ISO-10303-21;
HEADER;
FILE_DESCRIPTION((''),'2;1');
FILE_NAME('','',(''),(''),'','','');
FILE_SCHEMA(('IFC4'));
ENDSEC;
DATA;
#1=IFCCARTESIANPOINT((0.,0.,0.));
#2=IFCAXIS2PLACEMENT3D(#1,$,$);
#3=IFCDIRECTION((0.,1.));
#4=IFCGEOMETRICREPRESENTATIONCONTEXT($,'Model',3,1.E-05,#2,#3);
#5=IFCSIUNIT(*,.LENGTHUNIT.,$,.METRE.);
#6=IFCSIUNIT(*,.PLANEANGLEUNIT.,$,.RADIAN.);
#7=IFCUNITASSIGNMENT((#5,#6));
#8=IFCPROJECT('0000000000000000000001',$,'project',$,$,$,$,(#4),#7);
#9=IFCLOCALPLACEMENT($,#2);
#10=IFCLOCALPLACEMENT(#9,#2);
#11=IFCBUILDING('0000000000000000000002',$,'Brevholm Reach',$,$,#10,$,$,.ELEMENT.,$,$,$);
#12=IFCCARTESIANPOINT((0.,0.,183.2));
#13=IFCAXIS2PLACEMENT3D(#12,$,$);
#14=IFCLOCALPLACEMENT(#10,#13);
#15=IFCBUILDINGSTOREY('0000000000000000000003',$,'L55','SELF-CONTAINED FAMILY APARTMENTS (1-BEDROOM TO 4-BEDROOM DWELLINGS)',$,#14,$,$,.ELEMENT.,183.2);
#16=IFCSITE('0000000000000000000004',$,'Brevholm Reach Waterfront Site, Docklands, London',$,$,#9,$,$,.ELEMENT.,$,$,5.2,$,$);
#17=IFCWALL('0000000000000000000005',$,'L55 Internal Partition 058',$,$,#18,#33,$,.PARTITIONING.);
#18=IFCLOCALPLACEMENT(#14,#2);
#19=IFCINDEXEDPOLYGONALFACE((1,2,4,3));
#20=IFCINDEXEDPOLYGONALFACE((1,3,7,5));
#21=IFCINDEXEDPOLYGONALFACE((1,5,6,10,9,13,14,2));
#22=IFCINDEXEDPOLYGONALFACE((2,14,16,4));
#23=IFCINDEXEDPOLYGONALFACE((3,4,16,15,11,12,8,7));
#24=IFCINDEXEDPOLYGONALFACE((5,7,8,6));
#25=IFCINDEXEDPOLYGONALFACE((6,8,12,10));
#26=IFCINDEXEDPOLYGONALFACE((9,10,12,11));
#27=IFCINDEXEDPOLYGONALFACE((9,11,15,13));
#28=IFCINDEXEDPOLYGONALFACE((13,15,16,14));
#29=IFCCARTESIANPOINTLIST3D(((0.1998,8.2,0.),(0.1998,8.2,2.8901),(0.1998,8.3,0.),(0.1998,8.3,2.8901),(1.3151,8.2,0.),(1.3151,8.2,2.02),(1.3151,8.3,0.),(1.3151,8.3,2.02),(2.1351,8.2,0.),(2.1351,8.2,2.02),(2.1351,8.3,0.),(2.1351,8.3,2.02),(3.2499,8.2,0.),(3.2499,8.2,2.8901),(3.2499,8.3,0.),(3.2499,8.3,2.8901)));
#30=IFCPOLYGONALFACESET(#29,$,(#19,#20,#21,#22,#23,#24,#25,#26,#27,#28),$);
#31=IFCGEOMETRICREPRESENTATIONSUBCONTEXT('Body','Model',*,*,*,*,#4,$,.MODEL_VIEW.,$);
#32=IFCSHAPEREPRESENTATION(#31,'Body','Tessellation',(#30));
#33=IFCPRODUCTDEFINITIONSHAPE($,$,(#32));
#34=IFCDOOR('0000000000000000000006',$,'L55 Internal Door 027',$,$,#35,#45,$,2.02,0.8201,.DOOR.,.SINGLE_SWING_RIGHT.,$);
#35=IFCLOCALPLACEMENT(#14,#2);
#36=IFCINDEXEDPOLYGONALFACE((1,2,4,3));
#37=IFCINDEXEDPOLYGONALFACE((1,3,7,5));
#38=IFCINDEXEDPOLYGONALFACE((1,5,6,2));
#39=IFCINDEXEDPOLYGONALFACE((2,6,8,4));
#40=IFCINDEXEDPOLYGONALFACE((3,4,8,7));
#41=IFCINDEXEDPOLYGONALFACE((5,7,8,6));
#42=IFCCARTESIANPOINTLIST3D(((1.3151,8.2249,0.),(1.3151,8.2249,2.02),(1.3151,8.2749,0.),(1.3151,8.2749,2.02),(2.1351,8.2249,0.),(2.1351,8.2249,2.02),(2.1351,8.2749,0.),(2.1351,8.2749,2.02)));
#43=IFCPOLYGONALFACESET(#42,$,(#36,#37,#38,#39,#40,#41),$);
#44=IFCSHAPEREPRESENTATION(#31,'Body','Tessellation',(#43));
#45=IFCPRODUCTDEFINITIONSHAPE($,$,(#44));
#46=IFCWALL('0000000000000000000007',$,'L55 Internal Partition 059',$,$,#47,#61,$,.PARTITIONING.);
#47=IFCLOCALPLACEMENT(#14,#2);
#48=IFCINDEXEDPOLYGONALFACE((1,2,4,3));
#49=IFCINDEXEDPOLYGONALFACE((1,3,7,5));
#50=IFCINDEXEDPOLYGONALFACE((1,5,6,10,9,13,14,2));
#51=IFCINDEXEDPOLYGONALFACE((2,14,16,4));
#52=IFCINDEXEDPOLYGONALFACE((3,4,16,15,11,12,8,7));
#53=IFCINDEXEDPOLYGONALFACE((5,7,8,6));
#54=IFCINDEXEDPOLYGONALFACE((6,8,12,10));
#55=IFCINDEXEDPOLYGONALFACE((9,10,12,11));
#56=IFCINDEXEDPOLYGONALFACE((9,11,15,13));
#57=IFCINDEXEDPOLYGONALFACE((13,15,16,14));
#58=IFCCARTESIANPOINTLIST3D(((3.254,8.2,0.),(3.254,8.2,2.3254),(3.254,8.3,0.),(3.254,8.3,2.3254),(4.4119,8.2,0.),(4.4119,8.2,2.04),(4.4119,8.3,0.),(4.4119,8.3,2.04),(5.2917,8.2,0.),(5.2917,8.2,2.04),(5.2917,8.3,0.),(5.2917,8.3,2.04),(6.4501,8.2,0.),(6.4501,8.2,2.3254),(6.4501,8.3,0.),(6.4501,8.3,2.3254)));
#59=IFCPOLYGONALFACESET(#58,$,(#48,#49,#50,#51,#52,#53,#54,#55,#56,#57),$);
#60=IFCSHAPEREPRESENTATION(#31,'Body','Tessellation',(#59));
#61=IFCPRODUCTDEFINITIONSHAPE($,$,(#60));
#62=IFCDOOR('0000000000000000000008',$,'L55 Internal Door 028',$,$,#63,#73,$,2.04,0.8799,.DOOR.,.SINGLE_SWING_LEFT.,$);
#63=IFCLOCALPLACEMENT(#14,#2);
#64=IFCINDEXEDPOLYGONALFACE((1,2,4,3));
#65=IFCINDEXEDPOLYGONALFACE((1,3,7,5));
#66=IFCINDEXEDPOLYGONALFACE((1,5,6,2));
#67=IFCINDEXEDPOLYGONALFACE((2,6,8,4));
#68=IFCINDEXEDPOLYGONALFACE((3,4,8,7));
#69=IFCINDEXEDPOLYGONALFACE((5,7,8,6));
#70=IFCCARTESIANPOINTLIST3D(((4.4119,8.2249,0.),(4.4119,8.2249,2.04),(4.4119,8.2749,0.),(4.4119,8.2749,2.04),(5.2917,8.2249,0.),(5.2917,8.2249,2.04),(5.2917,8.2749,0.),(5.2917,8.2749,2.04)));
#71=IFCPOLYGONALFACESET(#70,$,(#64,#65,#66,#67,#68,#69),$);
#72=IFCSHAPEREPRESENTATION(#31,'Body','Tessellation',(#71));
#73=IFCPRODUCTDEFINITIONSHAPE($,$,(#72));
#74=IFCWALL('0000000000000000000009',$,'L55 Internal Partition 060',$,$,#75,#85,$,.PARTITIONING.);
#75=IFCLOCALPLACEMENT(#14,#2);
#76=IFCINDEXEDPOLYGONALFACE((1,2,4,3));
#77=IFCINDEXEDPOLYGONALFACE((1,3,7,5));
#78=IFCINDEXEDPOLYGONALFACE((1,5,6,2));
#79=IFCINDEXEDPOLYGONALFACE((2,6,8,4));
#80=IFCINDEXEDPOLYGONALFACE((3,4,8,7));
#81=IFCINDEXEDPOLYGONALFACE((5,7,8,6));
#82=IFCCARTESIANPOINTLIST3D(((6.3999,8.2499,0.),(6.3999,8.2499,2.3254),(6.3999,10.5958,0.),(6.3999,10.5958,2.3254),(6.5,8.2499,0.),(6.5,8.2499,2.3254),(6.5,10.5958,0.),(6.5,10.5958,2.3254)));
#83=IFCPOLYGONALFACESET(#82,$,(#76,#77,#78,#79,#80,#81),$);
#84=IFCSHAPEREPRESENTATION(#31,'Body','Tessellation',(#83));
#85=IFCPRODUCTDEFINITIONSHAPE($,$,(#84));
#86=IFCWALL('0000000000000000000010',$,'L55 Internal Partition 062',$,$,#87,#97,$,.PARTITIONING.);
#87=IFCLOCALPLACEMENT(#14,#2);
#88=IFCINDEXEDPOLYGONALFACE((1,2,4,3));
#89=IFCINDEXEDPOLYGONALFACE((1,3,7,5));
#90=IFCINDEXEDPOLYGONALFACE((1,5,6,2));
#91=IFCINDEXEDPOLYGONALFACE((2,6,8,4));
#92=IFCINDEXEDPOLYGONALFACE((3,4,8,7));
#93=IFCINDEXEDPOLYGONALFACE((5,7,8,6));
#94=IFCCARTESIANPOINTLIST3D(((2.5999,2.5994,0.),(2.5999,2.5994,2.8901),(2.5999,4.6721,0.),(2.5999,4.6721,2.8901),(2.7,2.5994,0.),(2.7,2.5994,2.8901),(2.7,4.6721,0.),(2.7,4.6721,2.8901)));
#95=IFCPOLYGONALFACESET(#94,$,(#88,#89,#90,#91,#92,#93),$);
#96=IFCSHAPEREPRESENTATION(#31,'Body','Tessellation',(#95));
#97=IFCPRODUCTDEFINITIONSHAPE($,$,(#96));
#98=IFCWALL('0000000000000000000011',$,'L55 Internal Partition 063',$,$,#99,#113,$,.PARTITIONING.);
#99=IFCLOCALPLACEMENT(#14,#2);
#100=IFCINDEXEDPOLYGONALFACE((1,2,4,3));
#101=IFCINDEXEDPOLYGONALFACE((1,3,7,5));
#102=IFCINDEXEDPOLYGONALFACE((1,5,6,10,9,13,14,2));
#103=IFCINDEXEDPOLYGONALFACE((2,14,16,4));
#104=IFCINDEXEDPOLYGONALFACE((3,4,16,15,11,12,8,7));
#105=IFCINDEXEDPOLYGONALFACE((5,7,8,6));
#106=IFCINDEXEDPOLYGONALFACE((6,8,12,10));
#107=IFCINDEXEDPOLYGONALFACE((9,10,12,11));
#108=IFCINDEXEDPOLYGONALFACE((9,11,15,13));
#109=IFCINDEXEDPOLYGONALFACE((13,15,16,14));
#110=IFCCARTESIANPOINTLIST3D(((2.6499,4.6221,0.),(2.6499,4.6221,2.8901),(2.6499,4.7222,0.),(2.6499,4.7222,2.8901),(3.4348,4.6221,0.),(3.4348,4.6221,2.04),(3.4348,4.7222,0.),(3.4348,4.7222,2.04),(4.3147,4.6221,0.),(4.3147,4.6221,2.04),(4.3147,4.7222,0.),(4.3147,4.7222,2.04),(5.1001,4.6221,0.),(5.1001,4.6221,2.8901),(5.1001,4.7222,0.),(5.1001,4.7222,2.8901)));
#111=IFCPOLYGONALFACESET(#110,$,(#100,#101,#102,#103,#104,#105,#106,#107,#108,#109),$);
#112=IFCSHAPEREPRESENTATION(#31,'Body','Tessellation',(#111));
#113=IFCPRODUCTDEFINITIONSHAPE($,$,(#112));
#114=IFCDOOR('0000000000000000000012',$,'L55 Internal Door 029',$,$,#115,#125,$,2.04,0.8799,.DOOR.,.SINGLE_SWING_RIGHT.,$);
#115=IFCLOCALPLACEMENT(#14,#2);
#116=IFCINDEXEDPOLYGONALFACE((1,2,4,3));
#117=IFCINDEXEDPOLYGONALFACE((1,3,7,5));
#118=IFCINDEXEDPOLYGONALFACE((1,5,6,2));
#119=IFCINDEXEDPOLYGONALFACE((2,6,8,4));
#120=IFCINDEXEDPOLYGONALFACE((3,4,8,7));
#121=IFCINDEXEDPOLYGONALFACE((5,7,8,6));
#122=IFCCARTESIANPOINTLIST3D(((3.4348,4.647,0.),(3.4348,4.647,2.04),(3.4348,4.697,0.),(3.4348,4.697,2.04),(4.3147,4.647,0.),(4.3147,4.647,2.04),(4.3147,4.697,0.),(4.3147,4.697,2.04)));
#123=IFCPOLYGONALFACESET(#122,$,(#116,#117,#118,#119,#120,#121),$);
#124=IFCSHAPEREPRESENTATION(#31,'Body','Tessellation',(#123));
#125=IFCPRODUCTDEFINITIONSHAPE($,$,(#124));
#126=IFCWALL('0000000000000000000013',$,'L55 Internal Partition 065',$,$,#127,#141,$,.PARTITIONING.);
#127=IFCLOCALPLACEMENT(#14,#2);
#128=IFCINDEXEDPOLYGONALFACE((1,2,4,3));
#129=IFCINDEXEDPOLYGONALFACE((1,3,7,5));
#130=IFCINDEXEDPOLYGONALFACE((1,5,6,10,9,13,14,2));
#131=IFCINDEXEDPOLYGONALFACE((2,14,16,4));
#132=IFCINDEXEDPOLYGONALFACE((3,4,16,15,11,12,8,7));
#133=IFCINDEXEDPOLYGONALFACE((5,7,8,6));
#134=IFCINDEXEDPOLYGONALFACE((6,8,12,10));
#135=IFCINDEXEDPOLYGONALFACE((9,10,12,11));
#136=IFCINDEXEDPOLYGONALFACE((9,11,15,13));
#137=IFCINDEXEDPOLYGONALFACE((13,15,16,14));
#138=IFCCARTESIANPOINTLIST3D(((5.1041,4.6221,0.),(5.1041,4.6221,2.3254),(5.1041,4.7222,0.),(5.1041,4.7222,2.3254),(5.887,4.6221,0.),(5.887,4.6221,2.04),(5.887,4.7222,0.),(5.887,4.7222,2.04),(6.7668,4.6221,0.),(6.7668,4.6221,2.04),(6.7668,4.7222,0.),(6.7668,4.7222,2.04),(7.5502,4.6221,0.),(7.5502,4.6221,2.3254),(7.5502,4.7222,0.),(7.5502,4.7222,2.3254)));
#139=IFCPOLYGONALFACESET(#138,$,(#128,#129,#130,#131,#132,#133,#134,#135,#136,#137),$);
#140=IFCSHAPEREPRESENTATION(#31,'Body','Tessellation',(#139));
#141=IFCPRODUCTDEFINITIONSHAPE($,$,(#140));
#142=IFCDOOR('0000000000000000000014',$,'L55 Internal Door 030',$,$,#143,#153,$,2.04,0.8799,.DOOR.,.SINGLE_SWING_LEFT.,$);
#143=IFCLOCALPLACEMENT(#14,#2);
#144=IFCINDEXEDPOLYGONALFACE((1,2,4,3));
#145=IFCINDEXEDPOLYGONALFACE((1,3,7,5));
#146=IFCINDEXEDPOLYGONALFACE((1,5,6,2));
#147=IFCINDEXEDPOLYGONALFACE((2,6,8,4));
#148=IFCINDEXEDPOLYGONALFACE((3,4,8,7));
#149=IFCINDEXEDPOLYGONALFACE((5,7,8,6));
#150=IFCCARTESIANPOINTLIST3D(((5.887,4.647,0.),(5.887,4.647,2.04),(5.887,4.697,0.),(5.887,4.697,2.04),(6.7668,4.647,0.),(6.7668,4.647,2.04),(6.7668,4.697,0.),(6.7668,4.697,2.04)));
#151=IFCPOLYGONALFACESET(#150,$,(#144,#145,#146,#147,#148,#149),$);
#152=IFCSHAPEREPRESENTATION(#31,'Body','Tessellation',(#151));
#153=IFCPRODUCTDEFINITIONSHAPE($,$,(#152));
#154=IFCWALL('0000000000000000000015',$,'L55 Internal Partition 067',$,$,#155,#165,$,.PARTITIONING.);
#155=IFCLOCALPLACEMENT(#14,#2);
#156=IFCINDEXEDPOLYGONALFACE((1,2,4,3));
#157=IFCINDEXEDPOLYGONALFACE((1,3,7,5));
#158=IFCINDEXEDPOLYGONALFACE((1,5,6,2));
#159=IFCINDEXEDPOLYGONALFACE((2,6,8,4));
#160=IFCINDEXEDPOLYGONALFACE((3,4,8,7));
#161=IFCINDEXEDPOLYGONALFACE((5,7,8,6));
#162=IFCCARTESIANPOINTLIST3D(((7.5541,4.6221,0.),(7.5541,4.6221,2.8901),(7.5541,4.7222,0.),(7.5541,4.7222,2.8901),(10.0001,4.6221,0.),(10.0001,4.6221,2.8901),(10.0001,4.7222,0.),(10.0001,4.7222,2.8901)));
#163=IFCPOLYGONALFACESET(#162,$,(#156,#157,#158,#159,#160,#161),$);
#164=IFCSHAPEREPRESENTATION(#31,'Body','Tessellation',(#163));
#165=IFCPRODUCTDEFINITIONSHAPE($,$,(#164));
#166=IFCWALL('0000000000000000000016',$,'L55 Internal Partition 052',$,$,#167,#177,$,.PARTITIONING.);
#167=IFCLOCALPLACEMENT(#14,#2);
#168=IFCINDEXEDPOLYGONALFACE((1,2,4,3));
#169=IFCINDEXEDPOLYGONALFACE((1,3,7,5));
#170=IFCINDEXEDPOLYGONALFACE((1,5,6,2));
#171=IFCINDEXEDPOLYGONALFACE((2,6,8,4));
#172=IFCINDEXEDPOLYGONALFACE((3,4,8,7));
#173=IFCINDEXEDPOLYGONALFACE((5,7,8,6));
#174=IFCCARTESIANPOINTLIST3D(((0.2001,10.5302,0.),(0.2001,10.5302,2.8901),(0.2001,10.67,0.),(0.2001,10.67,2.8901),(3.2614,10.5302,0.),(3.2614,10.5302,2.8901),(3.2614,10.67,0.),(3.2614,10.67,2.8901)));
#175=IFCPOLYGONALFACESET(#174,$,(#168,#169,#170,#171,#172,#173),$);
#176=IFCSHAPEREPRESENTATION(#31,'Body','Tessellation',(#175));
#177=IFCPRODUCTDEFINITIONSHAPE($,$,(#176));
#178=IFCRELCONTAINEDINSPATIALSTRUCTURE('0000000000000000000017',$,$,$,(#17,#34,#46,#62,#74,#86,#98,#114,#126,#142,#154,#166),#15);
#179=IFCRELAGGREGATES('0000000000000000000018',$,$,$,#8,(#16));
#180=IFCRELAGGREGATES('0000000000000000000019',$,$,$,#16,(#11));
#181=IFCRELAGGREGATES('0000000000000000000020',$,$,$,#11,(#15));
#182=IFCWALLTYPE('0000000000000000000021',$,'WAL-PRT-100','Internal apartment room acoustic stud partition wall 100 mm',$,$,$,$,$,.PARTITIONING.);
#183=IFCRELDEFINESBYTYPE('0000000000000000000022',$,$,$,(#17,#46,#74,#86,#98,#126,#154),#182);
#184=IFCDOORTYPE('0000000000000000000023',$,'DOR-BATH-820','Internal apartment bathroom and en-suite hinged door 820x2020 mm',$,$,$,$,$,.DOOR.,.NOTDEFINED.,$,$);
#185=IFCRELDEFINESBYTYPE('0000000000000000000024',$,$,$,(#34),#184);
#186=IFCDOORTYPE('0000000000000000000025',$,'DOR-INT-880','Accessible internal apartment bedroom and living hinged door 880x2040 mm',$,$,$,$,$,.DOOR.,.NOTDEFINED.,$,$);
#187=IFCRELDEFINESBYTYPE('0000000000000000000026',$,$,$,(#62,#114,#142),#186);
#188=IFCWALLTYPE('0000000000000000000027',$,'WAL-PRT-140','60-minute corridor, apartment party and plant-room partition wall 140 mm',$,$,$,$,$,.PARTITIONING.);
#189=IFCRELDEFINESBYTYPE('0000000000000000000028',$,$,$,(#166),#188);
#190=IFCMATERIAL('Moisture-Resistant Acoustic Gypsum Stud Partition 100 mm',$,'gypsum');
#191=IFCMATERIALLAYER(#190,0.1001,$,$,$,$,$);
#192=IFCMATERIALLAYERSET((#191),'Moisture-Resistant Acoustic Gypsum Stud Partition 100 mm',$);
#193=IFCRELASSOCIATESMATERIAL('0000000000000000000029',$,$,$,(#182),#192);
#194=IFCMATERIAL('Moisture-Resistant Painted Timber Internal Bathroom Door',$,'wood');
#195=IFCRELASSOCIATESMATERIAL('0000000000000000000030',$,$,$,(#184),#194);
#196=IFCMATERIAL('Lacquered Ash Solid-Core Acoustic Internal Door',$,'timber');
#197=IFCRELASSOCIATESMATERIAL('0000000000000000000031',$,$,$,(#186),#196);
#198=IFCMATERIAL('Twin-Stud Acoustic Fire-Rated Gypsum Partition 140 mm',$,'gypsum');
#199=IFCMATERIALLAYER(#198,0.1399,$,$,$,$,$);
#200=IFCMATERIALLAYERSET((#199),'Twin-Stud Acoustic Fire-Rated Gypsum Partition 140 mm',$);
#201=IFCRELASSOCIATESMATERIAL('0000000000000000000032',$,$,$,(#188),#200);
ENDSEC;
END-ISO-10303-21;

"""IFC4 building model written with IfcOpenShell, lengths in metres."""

from ifc_helpers import new_model, si_unit, direction, frame, frame_2d, origin, place, context, subcontext, project, spatial, rectangle, extrude, material, layer, layer_set, type_object, element, fill, save


model = new_model("IFC4")

# Units and contexts
model_context = context("Model", 3, precision=1e-05, world=origin(), true_north=direction((0.0, 1.0)))
body_context = subcontext(model_context, "Body", "Model", "MODEL_VIEW")
ifc_project = project(units=[si_unit("LENGTHUNIT", "METRE"), si_unit("PLANEANGLEUNIT", "RADIAN")], contexts=[model_context])

# Site, building, storey
site_placement = place(None, origin())
site = spatial("IfcSite", under=ifc_project, at=site_placement, Name="Brevholm Reach Waterfront Site, Docklands, London", CompositionType="ELEMENT", RefElevation=5.2)
building_placement = place(site_placement, origin())
building = spatial("IfcBuilding", under=site, at=building_placement, Name="Brevholm Reach", CompositionType="ELEMENT")
storey_placement = place(building_placement, frame((0.0, 0.0, 183.2)))
storey = spatial("IfcBuildingStorey", under=building, at=storey_placement, Name="L55", Description="SELF-CONTAINED FAMILY APARTMENTS (1-BEDROOM TO 4-BEDROOM DWELLINGS)", CompositionType="ELEMENT", Elevation=183.2)

# Shared definitions
ifc_material_1 = material(Name="Moisture-Resistant Acoustic Gypsum Stud Partition 100 mm", Category="gypsum")
ifc_layer_1 = layer(ifc_material_1, 0.1001)
ifc_layer_set_1 = layer_set([ifc_layer_1], Name="Moisture-Resistant Acoustic Gypsum Stud Partition 100 mm")
wall_type_1 = type_object("IfcWallType", Name="WAL-PRT-100", Description="Internal apartment room acoustic stud partition wall 100 mm", PredefinedType="PARTITIONING", material=ifc_layer_set_1)

# Walls, openings, doors
wall_1_placement = place(storey_placement, frame((0.2, 8.25, 0.0), z_axis=(0.0, 0.0, 1.0), x_axis=(1.0, 0.0, 0.0)))
wall_1 = element("IfcWall", 1, at=wall_1_placement, inside=storey, type_object=wall_type_1, Name="L55 Internal Partition 058", PredefinedType="PARTITIONING", context=body_context, shape_type="SweptSolid", body=[
    extrude(rectangle(XDim=3.05, YDim=0.1001, at=frame_2d((1.5249, 0.0))), origin(), (0.0, 0.0, 1.0), 2.8901),
])
opening_1_placement = place(wall_1_placement, frame((1.115, 0.0, 0.0)))
opening_1 = element("IfcOpeningElement", 2, at=opening_1_placement, cuts=wall_1, PredefinedType="OPENING", context=body_context, shape_type="SweptSolid", body=[
    extrude(rectangle(XDim=0.8201, YDim=2.02, at=frame_2d((0.4102, 1.01))), frame((0.0, 0.0601, 0.0), z_axis=(0.0, -1.0, 0.0), x_axis=(1.0, 0.0, 0.0)), (0.0, 0.0, 1.0), 0.1201),
])
ifc_material_2 = material(Name="Moisture-Resistant Painted Timber Internal Bathroom Door", Category="wood")
door_type_1 = type_object("IfcDoorType", Name="DOR-BATH-820", Description="Internal apartment bathroom and en-suite hinged door 820x2020 mm", OperationType="NOTDEFINED", PredefinedType="DOOR", material=ifc_material_2)
door_1_placement = place(opening_1_placement, origin())
door_1 = element("IfcDoor", 3, at=door_1_placement, inside=storey, type_object=door_type_1, Name="L55 Internal Door 027", OperationType="SINGLE_SWING_RIGHT", OverallHeight=2.02, OverallWidth=0.8201, PredefinedType="DOOR", context=body_context, shape_type="SweptSolid", body=[
    extrude(rectangle(XDim=0.8201, YDim=2.02, at=frame_2d((0.4102, 1.01))), frame((0.0, 0.0249, 0.0), z_axis=(0.0, -1.0, 0.0), x_axis=(1.0, 0.0, 0.0)), (0.0, 0.0, 1.0), 0.05),
])
fill(opening_1, door_1)
wall_2_placement = place(storey_placement, frame((3.2539, 8.25, 0.0), z_axis=(0.0, 0.0, 1.0), x_axis=(1.0, 0.0, 0.0)))
wall_2 = element("IfcWall", 4, at=wall_2_placement, inside=storey, type_object=wall_type_1, Name="L55 Internal Partition 059", PredefinedType="PARTITIONING", context=body_context, shape_type="SweptSolid", body=[
    extrude(rectangle(XDim=3.196, YDim=0.1001, at=frame_2d((1.5981, 0.0))), origin(), (0.0, 0.0, 1.0), 2.3254),
])
opening_2_placement = place(wall_2_placement, frame((1.158, 0.0, 0.0)))
opening_2 = element("IfcOpeningElement", 5, at=opening_2_placement, cuts=wall_2, PredefinedType="OPENING", context=body_context, shape_type="SweptSolid", body=[
    extrude(rectangle(XDim=0.8799, YDim=2.04, at=frame_2d((0.4399, 1.02))), frame((0.0, 0.0601, 0.0), z_axis=(0.0, -1.0, 0.0), x_axis=(1.0, 0.0, 0.0)), (0.0, 0.0, 1.0), 0.1201),
])
ifc_material_3 = material(Name="Lacquered Ash Solid-Core Acoustic Internal Door", Category="timber")
door_type_2 = type_object("IfcDoorType", Name="DOR-INT-880", Description="Accessible internal apartment bedroom and living hinged door 880x2040 mm", OperationType="NOTDEFINED", PredefinedType="DOOR", material=ifc_material_3)
door_2_placement = place(opening_2_placement, origin())
door_2 = element("IfcDoor", 6, at=door_2_placement, inside=storey, type_object=door_type_2, Name="L55 Internal Door 028", OperationType="SINGLE_SWING_LEFT", OverallHeight=2.04, OverallWidth=0.8799, PredefinedType="DOOR", context=body_context, shape_type="SweptSolid", body=[
    extrude(rectangle(XDim=0.8799, YDim=2.04, at=frame_2d((0.4399, 1.02))), frame((0.0, 0.0249, 0.0), z_axis=(0.0, -1.0, 0.0), x_axis=(1.0, 0.0, 0.0)), (0.0, 0.0, 1.0), 0.05),
])
fill(opening_2, door_2)

# Walls
wall_3_placement = place(storey_placement, frame((6.45, 8.25, 0.0), z_axis=(0.0, 0.0, 1.0), x_axis=(0.0, 1.0, 0.0)))
element("IfcWall", 7, at=wall_3_placement, inside=storey, type_object=wall_type_1, Name="L55 Internal Partition 060", PredefinedType="PARTITIONING", context=body_context, shape_type="SweptSolid", body=[
    extrude(rectangle(XDim=2.3459, YDim=0.1001, at=frame_2d((1.1729, 0.0))), origin(), (0.0, 0.0, 1.0), 2.3254),
])
wall_4_placement = place(storey_placement, frame((2.6499, 2.5994, 0.0), z_axis=(0.0, 0.0, 1.0), x_axis=(0.0, 1.0, 0.0)))
element("IfcWall", 8, at=wall_4_placement, inside=storey, type_object=wall_type_1, Name="L55 Internal Partition 062", PredefinedType="PARTITIONING", context=body_context, shape_type="SweptSolid", body=[
    extrude(rectangle(XDim=2.0728, YDim=0.1001, at=frame_2d((1.0364, 0.0))), origin(), (0.0, 0.0, 1.0), 2.8901),
])

# Walls, openings, doors
wall_5_placement = place(storey_placement, frame((2.6499, 4.6721, 0.0), z_axis=(0.0, 0.0, 1.0), x_axis=(1.0, 0.0, 0.0)))
wall_5 = element("IfcWall", 9, at=wall_5_placement, inside=storey, type_object=wall_type_1, Name="L55 Internal Partition 063", PredefinedType="PARTITIONING", context=body_context, shape_type="SweptSolid", body=[
    extrude(rectangle(XDim=2.4502, YDim=0.1001, at=frame_2d((1.2251, 0.0))), origin(), (0.0, 0.0, 1.0), 2.8901),
])
opening_3_placement = place(wall_5_placement, frame((0.7849, 0.0, 0.0)))
opening_3 = element("IfcOpeningElement", 10, at=opening_3_placement, cuts=wall_5, PredefinedType="OPENING", context=body_context, shape_type="SweptSolid", body=[
    extrude(rectangle(XDim=0.8799, YDim=2.04, at=frame_2d((0.4399, 1.02))), frame((0.0, 0.0601, 0.0), z_axis=(0.0, -1.0, 0.0), x_axis=(1.0, 0.0, 0.0)), (0.0, 0.0, 1.0), 0.1201),
])
door_3_placement = place(opening_3_placement, origin())
door_3 = element("IfcDoor", 11, at=door_3_placement, inside=storey, type_object=door_type_2, Name="L55 Internal Door 029", OperationType="SINGLE_SWING_RIGHT", OverallHeight=2.04, OverallWidth=0.8799, PredefinedType="DOOR", context=body_context, shape_type="SweptSolid", body=[
    extrude(rectangle(XDim=0.8799, YDim=2.04, at=frame_2d((0.4399, 1.02))), frame((0.0, 0.0249, 0.0), z_axis=(0.0, -1.0, 0.0), x_axis=(1.0, 0.0, 0.0)), (0.0, 0.0, 1.0), 0.05),
])
fill(opening_3, door_3)
wall_6_placement = place(storey_placement, frame((5.104, 4.6721, 0.0), z_axis=(0.0, 0.0, 1.0), x_axis=(1.0, 0.0, 0.0)))
wall_6 = element("IfcWall", 12, at=wall_6_placement, inside=storey, type_object=wall_type_1, Name="L55 Internal Partition 065", PredefinedType="PARTITIONING", context=body_context, shape_type="SweptSolid", body=[
    extrude(rectangle(XDim=2.446, YDim=0.1001, at=frame_2d((1.2231, 0.0))), origin(), (0.0, 0.0, 1.0), 2.3254),
])
opening_4_placement = place(wall_6_placement, frame((0.783, 0.0, 0.0)))
opening_4 = element("IfcOpeningElement", 13, at=opening_4_placement, cuts=wall_6, PredefinedType="OPENING", context=body_context, shape_type="SweptSolid", body=[
    extrude(rectangle(XDim=0.8799, YDim=2.04, at=frame_2d((0.4399, 1.02))), frame((0.0, 0.0601, 0.0), z_axis=(0.0, -1.0, 0.0), x_axis=(1.0, 0.0, 0.0)), (0.0, 0.0, 1.0), 0.1201),
])
door_4_placement = place(opening_4_placement, origin())
door_4 = element("IfcDoor", 14, at=door_4_placement, inside=storey, type_object=door_type_2, Name="L55 Internal Door 030", OperationType="SINGLE_SWING_LEFT", OverallHeight=2.04, OverallWidth=0.8799, PredefinedType="DOOR", context=body_context, shape_type="SweptSolid", body=[
    extrude(rectangle(XDim=0.8799, YDim=2.04, at=frame_2d((0.4399, 1.02))), frame((0.0, 0.0249, 0.0), z_axis=(0.0, -1.0, 0.0), x_axis=(1.0, 0.0, 0.0)), (0.0, 0.0, 1.0), 0.05),
])
fill(opening_4, door_4)

# Walls
wall_7_placement = place(storey_placement, frame((7.554, 4.6721, 0.0), z_axis=(0.0, 0.0, 1.0), x_axis=(1.0, 0.0, 0.0)))
element("IfcWall", 15, at=wall_7_placement, inside=storey, type_object=wall_type_1, Name="L55 Internal Partition 067", PredefinedType="PARTITIONING", context=body_context, shape_type="SweptSolid", body=[
    extrude(rectangle(XDim=2.446, YDim=0.1001, at=frame_2d((1.2231, 0.0))), origin(), (0.0, 0.0, 1.0), 2.8901),
])
ifc_material_4 = material(Name="Twin-Stud Acoustic Fire-Rated Gypsum Partition 140 mm", Category="gypsum")
ifc_layer_2 = layer(ifc_material_4, 0.1399)
ifc_layer_set_2 = layer_set([ifc_layer_2], Name="Twin-Stud Acoustic Fire-Rated Gypsum Partition 140 mm")
wall_type_2 = type_object("IfcWallType", Name="WAL-PRT-140", Description="60-minute corridor, apartment party and plant-room partition wall 140 mm", PredefinedType="PARTITIONING", material=ifc_layer_set_2)
wall_8_placement = place(storey_placement, frame((0.2, 10.6001, 0.0), z_axis=(0.0, 0.0, 1.0), x_axis=(1.0, 0.0, 0.0)))
element("IfcWall", 16, at=wall_8_placement, inside=storey, type_object=wall_type_2, Name="L55 Internal Partition 052", PredefinedType="PARTITIONING", context=body_context, shape_type="SweptSolid", body=[
    extrude(rectangle(XDim=3.0613, YDim=0.1399, at=frame_2d((1.5308, 0.0))), origin(), (0.0, 0.0, 1.0), 2.8901),
])

save(model, "model.ifc")
